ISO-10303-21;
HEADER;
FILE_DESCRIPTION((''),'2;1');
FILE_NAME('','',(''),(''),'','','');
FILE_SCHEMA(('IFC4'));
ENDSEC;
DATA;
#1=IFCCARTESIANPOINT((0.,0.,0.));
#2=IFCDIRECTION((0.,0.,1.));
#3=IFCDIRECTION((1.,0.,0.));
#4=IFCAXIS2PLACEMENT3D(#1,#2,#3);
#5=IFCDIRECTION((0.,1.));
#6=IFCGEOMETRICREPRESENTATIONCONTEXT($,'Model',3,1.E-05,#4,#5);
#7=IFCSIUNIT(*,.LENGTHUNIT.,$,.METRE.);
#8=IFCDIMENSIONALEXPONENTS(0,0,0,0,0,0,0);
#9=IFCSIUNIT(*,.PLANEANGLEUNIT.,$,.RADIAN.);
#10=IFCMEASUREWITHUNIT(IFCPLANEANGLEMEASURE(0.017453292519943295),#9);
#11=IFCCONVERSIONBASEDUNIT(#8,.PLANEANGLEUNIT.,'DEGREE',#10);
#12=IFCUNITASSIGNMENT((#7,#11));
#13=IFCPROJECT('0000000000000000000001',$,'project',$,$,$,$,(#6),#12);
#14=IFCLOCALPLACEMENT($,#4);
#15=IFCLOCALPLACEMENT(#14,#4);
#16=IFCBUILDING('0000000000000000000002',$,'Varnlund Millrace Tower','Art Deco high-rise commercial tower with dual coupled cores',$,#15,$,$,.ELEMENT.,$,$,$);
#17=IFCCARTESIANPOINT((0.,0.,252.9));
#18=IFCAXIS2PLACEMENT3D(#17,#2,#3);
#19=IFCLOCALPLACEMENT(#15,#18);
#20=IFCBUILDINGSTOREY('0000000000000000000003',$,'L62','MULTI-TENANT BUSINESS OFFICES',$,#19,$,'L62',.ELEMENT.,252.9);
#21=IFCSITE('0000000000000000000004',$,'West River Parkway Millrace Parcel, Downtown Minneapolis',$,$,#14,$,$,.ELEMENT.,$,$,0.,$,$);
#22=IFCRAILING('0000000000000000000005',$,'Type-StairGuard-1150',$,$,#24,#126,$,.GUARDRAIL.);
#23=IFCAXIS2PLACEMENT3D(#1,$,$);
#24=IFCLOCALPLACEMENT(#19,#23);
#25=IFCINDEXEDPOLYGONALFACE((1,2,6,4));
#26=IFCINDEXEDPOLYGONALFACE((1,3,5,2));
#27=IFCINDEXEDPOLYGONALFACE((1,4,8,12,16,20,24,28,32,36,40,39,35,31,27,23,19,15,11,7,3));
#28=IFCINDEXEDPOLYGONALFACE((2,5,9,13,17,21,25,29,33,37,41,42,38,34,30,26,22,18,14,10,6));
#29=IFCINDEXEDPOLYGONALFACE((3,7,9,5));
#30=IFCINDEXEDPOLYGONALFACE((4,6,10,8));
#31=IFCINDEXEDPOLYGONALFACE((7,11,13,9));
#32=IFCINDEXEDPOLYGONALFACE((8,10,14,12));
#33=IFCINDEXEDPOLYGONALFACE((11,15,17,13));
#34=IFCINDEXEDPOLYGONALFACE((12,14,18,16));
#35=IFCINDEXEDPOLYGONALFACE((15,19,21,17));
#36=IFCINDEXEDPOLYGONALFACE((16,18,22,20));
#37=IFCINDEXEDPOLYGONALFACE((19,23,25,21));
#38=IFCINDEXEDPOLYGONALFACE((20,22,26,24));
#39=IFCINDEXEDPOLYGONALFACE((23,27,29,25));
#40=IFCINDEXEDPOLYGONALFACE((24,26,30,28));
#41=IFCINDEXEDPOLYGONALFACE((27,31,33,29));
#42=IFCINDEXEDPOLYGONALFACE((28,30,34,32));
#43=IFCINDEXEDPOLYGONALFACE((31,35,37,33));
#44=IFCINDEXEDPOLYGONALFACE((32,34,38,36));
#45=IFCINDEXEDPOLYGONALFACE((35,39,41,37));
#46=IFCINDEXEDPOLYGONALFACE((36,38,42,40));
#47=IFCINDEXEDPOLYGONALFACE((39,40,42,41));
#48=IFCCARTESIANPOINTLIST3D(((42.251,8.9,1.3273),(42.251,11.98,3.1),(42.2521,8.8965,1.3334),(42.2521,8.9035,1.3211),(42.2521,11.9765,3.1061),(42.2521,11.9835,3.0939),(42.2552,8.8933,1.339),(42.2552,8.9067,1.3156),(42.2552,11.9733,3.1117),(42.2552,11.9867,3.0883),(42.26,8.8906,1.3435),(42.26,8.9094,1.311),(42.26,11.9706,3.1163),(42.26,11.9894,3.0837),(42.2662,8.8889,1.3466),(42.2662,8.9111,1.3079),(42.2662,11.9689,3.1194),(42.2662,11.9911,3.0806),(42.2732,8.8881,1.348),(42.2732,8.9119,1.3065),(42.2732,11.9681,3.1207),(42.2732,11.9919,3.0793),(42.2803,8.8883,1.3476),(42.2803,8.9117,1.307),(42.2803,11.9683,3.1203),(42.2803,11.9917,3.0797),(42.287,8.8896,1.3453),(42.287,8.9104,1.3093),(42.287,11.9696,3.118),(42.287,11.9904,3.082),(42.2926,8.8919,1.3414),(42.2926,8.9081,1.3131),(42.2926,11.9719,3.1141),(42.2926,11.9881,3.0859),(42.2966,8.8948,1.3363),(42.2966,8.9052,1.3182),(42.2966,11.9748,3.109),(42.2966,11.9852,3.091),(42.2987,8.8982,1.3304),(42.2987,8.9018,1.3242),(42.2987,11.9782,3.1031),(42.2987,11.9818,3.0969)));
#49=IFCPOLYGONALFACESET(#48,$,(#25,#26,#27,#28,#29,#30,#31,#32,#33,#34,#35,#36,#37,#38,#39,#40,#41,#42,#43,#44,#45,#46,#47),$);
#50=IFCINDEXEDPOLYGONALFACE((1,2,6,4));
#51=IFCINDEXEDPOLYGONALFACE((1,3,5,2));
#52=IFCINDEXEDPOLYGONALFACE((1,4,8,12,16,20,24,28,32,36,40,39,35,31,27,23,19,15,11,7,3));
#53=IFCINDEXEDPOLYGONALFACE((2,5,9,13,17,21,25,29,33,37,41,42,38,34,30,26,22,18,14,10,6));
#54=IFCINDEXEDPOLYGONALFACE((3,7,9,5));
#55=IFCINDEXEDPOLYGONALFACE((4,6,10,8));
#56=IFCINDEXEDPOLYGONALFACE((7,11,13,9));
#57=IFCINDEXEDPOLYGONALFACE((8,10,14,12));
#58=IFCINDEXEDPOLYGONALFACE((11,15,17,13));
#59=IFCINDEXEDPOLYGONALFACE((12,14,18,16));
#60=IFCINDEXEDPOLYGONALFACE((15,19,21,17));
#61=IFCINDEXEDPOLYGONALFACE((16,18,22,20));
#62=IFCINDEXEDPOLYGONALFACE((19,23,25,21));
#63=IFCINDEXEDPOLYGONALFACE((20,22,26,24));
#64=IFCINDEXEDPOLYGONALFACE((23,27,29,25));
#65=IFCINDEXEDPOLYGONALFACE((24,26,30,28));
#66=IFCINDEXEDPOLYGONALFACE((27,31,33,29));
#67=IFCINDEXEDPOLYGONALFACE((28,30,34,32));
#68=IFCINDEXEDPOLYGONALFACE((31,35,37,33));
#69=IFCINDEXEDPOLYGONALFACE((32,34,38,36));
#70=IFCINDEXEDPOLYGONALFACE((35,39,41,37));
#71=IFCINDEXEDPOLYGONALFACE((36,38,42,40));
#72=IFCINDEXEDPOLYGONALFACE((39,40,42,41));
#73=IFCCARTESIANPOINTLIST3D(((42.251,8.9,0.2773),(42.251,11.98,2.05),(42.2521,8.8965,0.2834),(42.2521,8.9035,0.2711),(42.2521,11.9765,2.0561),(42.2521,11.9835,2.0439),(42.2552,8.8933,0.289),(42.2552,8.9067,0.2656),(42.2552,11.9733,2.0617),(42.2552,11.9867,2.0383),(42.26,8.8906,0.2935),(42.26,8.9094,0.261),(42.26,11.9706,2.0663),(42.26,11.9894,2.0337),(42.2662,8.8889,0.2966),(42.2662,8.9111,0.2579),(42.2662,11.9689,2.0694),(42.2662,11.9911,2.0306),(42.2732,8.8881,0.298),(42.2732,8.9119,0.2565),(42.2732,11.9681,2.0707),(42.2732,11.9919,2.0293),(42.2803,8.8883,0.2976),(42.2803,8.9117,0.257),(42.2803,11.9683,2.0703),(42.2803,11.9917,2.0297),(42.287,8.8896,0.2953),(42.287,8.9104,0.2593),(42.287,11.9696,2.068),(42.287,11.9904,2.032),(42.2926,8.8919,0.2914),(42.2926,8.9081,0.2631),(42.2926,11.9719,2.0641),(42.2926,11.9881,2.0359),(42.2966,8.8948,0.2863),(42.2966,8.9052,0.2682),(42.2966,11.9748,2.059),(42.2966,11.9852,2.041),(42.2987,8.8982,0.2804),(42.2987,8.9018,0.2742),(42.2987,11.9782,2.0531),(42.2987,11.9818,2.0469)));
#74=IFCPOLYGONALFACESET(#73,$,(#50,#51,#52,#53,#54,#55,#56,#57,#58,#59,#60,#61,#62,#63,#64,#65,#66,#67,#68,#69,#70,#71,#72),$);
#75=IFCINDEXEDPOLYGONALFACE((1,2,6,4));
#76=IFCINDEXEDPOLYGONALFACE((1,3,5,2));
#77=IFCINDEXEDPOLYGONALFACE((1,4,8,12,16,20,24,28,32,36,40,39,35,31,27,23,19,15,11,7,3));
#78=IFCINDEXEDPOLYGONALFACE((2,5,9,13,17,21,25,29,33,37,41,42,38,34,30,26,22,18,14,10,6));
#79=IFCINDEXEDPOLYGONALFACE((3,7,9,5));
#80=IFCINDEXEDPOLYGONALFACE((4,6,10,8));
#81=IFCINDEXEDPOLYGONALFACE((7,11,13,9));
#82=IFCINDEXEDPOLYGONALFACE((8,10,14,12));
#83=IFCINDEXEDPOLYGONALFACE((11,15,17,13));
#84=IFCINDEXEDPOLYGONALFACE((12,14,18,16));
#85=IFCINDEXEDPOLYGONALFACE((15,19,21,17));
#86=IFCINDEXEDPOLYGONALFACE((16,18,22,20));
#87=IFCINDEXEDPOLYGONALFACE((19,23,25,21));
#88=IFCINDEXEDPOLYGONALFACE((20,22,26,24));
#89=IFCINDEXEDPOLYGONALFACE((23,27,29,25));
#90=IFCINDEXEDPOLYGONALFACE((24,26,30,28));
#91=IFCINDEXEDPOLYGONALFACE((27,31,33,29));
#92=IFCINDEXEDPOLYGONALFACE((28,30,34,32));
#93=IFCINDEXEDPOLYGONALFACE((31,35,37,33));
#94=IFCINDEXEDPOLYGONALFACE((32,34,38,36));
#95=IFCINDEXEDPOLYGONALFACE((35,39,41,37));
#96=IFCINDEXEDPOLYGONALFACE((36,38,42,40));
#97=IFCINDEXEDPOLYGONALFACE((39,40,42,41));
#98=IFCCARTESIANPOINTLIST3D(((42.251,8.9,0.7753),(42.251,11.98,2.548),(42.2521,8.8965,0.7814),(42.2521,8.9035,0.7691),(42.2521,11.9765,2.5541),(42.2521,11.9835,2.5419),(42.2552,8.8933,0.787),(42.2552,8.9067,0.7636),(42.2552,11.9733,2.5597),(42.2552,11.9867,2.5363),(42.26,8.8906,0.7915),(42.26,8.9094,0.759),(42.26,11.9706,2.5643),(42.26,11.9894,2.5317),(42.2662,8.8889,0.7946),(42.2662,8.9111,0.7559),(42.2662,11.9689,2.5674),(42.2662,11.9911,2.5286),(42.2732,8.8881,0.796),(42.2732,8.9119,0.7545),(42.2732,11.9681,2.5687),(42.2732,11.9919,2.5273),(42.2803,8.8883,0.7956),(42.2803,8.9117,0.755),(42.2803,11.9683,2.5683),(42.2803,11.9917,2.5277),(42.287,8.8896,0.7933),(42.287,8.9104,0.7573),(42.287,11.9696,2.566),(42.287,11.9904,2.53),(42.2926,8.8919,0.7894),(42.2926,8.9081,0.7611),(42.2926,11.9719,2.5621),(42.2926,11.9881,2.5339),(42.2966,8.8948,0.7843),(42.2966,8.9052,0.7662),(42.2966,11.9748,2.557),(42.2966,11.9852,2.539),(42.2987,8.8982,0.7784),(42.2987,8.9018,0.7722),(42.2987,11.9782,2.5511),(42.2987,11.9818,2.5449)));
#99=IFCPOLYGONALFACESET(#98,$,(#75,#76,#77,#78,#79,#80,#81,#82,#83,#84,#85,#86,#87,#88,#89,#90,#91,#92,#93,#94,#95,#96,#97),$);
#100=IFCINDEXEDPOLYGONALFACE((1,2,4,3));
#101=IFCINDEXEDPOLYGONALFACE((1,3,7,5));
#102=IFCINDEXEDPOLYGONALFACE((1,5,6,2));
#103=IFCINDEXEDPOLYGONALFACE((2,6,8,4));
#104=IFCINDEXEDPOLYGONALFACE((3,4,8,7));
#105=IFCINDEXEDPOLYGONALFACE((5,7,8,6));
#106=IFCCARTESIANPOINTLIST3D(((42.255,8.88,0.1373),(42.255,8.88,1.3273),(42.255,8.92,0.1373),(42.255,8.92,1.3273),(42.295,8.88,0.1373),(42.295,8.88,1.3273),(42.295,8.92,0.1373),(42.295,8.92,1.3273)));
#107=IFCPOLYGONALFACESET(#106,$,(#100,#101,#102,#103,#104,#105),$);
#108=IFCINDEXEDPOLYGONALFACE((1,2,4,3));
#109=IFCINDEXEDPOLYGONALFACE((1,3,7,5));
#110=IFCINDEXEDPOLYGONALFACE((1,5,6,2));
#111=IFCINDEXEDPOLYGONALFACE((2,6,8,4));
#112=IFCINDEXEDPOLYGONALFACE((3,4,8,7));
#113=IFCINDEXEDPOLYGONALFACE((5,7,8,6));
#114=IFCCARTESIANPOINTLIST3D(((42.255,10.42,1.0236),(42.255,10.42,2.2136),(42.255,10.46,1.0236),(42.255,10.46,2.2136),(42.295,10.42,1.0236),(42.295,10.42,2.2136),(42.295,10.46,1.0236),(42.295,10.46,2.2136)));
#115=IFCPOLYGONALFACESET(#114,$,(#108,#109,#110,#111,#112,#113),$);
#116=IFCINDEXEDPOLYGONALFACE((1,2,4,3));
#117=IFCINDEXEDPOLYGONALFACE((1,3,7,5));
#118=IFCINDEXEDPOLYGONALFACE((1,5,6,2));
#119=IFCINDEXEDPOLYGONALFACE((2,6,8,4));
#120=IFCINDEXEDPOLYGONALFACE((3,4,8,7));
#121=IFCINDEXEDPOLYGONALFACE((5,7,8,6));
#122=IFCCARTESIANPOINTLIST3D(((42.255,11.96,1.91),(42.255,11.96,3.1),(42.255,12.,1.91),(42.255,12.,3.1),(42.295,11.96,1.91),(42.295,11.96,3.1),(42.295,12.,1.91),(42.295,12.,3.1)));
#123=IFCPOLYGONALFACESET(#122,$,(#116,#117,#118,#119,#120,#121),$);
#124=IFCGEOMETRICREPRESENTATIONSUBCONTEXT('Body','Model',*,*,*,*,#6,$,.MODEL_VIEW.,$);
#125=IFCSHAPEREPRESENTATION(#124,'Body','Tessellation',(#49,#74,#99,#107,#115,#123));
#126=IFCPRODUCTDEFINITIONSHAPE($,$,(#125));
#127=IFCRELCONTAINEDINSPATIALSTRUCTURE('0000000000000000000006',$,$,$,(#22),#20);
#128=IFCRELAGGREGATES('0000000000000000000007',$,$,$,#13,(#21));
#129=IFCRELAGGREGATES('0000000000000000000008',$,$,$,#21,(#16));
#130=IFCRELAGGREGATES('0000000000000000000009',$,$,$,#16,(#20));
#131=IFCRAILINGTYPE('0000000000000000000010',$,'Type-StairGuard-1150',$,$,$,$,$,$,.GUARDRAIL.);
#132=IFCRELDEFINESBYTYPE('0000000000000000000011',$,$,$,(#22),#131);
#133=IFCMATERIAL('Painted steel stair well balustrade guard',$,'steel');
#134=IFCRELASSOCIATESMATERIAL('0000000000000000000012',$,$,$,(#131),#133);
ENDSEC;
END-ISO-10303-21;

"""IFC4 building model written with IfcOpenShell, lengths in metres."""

from ifc_helpers import new_model, entity, si_unit, converted_unit, direction, frame, origin_with_axes, origin_2d_with_axis, place, context, subcontext, project, spatial, rectangle, circle, extrude, material, type_object, element, save


model = new_model("IFC4")

# Units and contexts
model_context = context("Model", 3, precision=1e-05, world=origin_with_axes(), true_north=direction((0.0, 1.0)))
body_context = subcontext(model_context, "Body", "Model", "MODEL_VIEW")
ifc_project = project(units=[si_unit("LENGTHUNIT", "METRE"), converted_unit("PLANEANGLEUNIT", "DEGREE", entity("IfcPlaneAngleMeasure", 0.017453292519943295), si_unit("PLANEANGLEUNIT", "RADIAN"), dimensions=[0, 0, 0, 0, 0, 0, 0])], contexts=[model_context])

# Site, building, storey
site_placement = place(None, origin_with_axes())
site = spatial("IfcSite", under=ifc_project, at=site_placement, Name="West River Parkway Millrace Parcel, Downtown Minneapolis", CompositionType="ELEMENT", RefElevation=0.0)
building_placement = place(site_placement, origin_with_axes())
building = spatial("IfcBuilding", under=site, at=building_placement, Name="Varnlund Millrace Tower", Description="Art Deco high-rise commercial tower with dual coupled cores", CompositionType="ELEMENT")
storey_placement = place(building_placement, frame((0.0, 0.0, 252.9), z_axis=(0.0, 0.0, 1.0), x_axis=(1.0, 0.0, 0.0)))
storey = spatial("IfcBuildingStorey", under=building, at=storey_placement, Name="L62", Description="MULTI-TENANT BUSINESS OFFICES", LongName="L62", CompositionType="ELEMENT", Elevation=252.9)

# Railing
ifc_material_1 = material(Name="Painted steel stair well balustrade guard", Category="steel")
railing_type_1 = type_object("IfcRailingType", Name="Type-StairGuard-1150", PredefinedType="GUARDRAIL", material=ifc_material_1)
railing_1_placement = place(storey_placement, frame((0.0, 0.0, -252.9), z_axis=(0.0, 0.0, 1.0), x_axis=(1.0, 0.0, 0.0)))
element("IfcRailing", 1, at=railing_1_placement, inside=storey, type_object=railing_type_1, Name="Type-StairGuard-1150", PredefinedType="GUARDRAIL", context=body_context, shape_type="SweptSolid", body=[
    extrude(circle(Radius=0.024, at=origin_2d_with_axis()), frame((42.275, 8.9, 254.2273), z_axis=(0.0, 0.866696, 0.498836), x_axis=(-1.0, 0.0, 0.0)), (0.0, 0.0, 1.0), 3.5537),
    extrude(circle(Radius=0.024, at=origin_2d_with_axis()), frame((42.275, 8.9, 253.1773), z_axis=(0.0, 0.866696, 0.498836), x_axis=(-1.0, 0.0, 0.0)), (0.0, 0.0, 1.0), 3.5537),
    extrude(circle(Radius=0.024, at=origin_2d_with_axis()), frame((42.275, 8.9, 253.6753), z_axis=(0.0, 0.866696, 0.498836), x_axis=(-1.0, 0.0, 0.0)), (0.0, 0.0, 1.0), 3.5537),
    extrude(rectangle(XDim=0.04, YDim=0.04, at=origin_2d_with_axis()), frame((42.275, 8.9, 253.0373), z_axis=(0.0, 0.0, 1.0), x_axis=(1.0, 0.0, 0.0)), (0.0, 0.0, 1.0), 1.19),
    extrude(rectangle(XDim=0.04, YDim=0.04, at=origin_2d_with_axis()), frame((42.275, 10.44, 253.9236), z_axis=(0.0, 0.0, 1.0), x_axis=(1.0, 0.0, 0.0)), (0.0, 0.0, 1.0), 1.19),
    extrude(rectangle(XDim=0.04, YDim=0.04, at=origin_2d_with_axis()), frame((42.275, 11.98, 254.81), z_axis=(0.0, 0.0, 1.0), x_axis=(1.0, 0.0, 0.0)), (0.0, 0.0, 1.0), 1.19),
])

save(model, "model.ifc")
